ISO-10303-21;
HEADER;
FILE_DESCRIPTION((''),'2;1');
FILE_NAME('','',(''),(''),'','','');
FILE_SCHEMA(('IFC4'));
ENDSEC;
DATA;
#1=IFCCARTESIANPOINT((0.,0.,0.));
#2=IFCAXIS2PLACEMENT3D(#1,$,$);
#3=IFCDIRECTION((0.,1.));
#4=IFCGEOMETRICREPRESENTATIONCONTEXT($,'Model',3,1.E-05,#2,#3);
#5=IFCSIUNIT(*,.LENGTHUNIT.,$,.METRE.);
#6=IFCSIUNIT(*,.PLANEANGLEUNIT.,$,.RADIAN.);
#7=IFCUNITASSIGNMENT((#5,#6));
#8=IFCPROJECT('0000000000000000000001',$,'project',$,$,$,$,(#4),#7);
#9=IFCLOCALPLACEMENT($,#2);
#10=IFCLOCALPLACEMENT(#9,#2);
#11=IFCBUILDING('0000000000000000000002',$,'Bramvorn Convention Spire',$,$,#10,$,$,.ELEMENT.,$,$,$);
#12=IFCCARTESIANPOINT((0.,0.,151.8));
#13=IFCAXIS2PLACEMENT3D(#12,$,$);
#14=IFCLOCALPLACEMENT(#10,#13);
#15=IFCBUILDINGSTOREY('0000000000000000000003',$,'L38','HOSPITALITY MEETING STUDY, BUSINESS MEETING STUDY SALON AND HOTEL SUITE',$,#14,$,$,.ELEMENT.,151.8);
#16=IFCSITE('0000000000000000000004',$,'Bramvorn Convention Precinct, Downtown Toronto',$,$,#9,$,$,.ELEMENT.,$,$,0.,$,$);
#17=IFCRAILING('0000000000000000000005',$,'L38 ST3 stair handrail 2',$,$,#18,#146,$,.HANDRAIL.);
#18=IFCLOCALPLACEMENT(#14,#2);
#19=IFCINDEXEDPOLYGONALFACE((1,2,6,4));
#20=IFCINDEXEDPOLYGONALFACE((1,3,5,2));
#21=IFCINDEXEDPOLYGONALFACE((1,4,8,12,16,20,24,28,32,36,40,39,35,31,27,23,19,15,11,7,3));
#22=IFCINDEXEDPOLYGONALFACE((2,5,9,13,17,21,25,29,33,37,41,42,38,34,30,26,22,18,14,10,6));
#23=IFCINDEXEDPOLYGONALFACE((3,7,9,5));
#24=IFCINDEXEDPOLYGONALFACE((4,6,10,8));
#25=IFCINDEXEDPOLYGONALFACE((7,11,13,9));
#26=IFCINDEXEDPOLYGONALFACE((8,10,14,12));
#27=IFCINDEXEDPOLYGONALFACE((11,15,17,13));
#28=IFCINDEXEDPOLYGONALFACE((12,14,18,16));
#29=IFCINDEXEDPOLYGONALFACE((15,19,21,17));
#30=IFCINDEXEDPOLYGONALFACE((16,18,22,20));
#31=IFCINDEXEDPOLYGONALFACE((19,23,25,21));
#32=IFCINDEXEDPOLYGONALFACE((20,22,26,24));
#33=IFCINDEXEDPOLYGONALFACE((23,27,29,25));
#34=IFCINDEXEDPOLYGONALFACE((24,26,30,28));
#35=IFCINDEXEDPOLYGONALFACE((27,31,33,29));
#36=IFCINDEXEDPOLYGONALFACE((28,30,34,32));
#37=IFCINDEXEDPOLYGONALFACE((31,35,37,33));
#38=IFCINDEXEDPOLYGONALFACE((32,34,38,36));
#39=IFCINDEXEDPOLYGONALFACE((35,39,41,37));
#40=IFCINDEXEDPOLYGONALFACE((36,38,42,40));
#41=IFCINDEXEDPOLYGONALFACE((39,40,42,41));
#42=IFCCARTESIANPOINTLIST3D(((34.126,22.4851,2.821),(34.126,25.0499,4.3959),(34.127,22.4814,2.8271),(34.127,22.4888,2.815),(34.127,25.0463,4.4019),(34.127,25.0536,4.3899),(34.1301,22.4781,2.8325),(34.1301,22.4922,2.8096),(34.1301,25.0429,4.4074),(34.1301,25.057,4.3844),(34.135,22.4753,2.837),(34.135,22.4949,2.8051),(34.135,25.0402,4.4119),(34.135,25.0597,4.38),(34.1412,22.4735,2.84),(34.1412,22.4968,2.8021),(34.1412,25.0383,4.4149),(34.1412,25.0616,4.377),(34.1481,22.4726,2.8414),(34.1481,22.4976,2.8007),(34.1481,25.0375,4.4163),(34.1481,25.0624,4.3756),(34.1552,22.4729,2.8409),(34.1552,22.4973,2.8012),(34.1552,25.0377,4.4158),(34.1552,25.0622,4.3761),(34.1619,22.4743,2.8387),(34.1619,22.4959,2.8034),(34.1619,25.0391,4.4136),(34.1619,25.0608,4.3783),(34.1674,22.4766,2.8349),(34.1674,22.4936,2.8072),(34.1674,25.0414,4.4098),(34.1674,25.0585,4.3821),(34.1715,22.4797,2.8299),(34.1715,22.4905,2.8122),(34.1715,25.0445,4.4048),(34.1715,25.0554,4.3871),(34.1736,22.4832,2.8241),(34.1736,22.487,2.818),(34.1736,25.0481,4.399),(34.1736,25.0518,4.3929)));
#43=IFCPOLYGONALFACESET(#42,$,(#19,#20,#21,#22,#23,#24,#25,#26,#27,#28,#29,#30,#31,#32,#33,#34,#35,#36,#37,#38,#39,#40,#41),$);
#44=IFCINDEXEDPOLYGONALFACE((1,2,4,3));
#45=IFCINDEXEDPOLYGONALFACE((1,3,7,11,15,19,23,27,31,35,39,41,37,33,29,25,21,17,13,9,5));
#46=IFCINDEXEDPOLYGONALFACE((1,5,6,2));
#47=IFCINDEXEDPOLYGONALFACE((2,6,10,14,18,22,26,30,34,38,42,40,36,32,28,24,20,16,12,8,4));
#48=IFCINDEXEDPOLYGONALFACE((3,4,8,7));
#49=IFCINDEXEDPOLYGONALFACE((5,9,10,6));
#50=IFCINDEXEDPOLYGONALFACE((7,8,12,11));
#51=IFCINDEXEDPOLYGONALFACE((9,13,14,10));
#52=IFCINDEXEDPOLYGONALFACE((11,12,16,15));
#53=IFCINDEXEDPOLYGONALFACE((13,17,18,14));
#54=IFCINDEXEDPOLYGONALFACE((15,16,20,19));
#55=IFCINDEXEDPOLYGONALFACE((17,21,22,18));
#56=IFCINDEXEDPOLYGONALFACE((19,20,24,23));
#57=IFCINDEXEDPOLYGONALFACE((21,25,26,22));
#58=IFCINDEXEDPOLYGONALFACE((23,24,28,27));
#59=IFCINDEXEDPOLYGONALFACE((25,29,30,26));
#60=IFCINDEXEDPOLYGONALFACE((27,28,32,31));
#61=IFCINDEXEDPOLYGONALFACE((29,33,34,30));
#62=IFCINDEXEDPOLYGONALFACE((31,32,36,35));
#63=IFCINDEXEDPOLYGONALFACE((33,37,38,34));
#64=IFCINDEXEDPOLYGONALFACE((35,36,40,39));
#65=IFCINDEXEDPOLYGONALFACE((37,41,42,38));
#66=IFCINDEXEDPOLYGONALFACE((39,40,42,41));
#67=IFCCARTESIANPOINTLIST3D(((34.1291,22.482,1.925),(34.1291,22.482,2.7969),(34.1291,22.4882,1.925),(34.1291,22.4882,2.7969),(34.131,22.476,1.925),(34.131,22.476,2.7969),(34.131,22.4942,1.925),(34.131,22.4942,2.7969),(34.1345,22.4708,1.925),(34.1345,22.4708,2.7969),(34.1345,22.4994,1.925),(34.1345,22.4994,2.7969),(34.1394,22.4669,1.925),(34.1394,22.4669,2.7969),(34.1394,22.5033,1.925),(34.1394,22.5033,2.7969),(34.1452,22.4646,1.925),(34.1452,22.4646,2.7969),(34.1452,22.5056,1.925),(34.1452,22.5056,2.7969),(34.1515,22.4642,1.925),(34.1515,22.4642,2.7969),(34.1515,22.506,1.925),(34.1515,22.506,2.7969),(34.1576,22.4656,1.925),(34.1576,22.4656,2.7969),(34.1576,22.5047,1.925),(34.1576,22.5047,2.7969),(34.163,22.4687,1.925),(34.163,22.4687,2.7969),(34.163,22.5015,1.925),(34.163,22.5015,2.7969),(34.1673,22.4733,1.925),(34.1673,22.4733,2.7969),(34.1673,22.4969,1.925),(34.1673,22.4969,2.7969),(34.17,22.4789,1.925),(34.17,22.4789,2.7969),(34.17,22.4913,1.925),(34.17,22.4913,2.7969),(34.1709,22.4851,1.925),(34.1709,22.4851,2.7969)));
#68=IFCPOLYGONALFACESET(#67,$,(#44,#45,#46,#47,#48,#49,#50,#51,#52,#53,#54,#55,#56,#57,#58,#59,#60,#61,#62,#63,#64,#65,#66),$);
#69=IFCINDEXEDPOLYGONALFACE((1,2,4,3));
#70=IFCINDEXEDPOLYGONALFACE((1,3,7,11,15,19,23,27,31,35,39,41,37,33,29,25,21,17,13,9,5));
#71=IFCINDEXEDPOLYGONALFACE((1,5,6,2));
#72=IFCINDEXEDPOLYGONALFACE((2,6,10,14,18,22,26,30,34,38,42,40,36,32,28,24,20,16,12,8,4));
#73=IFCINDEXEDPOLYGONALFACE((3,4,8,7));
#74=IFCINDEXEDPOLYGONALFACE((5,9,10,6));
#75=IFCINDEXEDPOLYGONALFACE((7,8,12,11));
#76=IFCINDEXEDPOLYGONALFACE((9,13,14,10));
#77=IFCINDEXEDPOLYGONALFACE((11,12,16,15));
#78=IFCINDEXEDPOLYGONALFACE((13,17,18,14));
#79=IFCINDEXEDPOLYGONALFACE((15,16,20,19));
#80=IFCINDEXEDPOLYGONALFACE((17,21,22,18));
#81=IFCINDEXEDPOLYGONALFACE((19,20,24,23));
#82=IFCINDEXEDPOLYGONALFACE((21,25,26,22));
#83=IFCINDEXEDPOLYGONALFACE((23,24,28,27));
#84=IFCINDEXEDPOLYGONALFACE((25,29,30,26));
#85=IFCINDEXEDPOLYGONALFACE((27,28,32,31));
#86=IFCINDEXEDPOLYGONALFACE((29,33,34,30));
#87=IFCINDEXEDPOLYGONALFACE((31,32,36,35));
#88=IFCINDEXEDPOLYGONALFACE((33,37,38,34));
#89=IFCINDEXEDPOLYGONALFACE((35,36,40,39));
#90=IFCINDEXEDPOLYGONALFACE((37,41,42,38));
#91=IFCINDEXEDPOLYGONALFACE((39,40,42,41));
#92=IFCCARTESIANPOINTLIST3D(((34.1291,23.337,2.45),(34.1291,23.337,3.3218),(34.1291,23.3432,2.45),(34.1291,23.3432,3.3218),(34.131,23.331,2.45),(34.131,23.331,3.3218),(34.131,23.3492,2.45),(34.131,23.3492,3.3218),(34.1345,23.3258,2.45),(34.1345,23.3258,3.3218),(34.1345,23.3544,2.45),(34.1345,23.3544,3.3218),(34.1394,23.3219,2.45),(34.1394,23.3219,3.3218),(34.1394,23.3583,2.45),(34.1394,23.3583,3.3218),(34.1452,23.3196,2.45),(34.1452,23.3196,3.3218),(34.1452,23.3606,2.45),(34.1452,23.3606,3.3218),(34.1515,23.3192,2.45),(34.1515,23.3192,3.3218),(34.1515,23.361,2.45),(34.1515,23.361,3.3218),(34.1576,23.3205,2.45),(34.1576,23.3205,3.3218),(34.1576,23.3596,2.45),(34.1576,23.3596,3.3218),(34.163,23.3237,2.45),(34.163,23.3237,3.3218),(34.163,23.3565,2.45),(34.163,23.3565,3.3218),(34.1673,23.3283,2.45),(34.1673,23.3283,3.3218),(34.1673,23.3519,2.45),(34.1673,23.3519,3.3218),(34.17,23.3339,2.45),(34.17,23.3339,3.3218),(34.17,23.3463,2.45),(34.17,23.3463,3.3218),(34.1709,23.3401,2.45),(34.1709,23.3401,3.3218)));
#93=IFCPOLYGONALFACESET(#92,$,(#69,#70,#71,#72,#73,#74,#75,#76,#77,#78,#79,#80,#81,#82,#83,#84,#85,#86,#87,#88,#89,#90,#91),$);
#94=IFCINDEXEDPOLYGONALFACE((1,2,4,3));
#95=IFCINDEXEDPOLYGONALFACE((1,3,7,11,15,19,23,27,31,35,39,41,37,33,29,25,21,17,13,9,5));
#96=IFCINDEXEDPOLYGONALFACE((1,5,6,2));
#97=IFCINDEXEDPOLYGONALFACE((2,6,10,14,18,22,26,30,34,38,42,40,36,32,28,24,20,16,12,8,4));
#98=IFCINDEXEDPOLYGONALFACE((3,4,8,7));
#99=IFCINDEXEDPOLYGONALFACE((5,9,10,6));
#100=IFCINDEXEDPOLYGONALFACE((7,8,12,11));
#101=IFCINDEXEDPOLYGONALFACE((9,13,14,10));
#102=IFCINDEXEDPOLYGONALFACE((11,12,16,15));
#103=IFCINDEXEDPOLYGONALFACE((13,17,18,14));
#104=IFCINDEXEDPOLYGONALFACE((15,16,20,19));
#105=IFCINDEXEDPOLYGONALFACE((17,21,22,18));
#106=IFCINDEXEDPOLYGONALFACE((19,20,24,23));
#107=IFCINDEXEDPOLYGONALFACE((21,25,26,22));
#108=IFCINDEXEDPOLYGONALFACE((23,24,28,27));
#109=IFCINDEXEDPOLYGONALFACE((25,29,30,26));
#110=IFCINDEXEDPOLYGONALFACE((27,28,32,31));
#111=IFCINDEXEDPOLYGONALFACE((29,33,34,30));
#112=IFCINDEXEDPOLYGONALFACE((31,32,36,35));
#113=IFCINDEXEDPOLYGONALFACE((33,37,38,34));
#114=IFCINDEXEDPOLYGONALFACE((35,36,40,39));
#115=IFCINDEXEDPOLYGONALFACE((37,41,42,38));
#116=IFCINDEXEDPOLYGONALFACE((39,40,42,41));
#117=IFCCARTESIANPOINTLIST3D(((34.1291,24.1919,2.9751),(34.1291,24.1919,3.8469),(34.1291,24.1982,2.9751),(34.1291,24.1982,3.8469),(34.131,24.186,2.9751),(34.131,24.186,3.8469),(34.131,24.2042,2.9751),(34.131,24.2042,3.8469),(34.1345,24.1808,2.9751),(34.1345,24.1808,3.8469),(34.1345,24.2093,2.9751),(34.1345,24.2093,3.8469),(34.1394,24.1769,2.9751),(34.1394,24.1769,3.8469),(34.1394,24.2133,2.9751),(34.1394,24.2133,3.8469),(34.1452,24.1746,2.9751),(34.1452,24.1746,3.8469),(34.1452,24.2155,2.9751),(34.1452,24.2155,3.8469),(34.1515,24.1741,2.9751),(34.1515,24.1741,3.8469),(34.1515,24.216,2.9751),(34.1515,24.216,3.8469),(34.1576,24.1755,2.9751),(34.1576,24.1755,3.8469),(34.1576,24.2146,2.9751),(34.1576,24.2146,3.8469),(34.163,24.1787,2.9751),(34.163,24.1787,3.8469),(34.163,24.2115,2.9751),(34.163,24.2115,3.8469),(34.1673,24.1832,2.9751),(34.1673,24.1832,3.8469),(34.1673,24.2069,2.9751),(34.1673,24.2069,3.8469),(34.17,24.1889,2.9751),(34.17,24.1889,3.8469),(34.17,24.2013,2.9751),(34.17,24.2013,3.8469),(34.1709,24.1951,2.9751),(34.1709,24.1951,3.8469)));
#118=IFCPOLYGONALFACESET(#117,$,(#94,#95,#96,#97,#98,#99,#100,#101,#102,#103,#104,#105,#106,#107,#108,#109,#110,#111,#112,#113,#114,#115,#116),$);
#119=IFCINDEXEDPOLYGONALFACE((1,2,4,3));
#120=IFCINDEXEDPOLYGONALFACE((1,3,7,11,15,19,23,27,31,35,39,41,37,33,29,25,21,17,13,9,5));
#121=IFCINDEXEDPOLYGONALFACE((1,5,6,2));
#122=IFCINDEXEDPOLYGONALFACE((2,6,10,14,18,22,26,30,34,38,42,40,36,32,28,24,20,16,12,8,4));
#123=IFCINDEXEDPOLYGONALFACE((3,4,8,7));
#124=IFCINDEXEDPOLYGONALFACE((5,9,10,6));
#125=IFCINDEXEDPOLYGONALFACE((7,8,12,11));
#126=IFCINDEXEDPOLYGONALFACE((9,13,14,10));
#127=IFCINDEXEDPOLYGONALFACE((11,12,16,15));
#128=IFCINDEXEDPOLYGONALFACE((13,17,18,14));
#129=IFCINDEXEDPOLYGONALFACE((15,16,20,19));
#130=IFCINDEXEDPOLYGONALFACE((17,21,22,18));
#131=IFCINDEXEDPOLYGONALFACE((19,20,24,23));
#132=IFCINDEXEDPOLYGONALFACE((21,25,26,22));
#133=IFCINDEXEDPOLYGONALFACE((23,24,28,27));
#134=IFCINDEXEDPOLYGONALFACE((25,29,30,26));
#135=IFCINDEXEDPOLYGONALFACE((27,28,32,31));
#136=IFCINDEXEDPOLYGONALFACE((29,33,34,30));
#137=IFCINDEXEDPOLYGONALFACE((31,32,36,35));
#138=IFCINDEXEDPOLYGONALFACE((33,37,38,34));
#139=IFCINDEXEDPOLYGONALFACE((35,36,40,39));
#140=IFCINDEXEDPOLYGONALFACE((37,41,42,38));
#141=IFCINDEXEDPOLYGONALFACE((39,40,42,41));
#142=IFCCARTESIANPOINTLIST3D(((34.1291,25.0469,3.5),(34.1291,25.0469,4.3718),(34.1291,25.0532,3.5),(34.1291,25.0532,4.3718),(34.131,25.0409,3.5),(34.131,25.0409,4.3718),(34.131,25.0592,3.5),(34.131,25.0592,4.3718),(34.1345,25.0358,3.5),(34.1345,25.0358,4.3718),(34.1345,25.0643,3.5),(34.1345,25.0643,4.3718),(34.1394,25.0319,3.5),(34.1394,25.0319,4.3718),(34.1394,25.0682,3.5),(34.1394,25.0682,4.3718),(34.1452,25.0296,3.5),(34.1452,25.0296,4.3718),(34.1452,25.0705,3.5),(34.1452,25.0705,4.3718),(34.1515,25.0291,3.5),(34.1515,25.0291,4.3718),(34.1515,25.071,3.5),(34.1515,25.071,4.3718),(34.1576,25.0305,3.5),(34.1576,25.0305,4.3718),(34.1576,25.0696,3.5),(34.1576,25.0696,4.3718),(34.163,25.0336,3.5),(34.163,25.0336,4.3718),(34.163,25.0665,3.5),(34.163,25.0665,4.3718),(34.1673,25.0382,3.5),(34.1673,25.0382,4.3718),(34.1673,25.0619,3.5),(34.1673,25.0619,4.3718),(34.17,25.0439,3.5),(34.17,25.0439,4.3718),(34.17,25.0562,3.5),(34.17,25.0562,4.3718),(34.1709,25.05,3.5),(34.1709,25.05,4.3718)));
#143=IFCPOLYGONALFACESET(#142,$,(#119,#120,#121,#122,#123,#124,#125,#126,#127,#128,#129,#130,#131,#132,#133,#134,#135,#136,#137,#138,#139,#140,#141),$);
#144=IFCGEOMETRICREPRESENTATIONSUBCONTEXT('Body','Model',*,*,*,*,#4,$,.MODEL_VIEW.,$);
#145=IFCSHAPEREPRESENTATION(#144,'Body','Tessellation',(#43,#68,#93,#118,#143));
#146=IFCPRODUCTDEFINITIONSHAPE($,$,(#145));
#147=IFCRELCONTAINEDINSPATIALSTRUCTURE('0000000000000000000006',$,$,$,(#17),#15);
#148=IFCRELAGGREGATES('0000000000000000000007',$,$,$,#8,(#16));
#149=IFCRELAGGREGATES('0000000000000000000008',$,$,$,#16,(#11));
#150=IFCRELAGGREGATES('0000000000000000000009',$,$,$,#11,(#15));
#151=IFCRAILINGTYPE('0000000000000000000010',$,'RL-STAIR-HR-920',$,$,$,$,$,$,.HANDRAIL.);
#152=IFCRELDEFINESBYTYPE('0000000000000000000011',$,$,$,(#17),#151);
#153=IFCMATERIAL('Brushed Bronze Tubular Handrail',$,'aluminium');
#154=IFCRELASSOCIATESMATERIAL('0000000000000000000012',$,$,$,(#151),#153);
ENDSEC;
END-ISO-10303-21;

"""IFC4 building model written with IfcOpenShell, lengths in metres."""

from ifc_helpers import new_model, si_unit, direction, frame, origin, origin_2d, place, context, subcontext, project, spatial, circle, extrude, material, type_object, element, save


model = new_model("IFC4")

# Units and contexts
model_context = context("Model", 3, precision=1e-05, world=origin(), true_north=direction((0.0, 1.0)))
body_context = subcontext(model_context, "Body", "Model", "MODEL_VIEW")
ifc_project = project(units=[si_unit("LENGTHUNIT", "METRE"), si_unit("PLANEANGLEUNIT", "RADIAN")], contexts=[model_context])

# Site, building, storey
site_placement = place(None, origin())
site = spatial("IfcSite", under=ifc_project, at=site_placement, Name="Bramvorn Convention Precinct, Downtown Toronto", CompositionType="ELEMENT", RefElevation=0.0)
building_placement = place(site_placement, origin())
building = spatial("IfcBuilding", under=site, at=building_placement, Name="Bramvorn Convention Spire", CompositionType="ELEMENT")
storey_placement = place(building_placement, frame((0.0, 0.0, 151.8)))
storey = spatial("IfcBuildingStorey", under=building, at=storey_placement, Name="L38", Description="HOSPITALITY MEETING STUDY, BUSINESS MEETING STUDY SALON AND HOTEL SUITE", CompositionType="ELEMENT", Elevation=151.8)

# Railing
ifc_material_1 = material(Name="Brushed Bronze Tubular Handrail", Category="aluminium")
railing_type_1 = type_object("IfcRailingType", Name="RL-STAIR-HR-920", PredefinedType="HANDRAIL", material=ifc_material_1)
railing_1_placement = place(storey_placement, frame((34.1499, 22.4851, 1.925)))
element("IfcRailing", 1, at=railing_1_placement, inside=storey, type_object=railing_type_1, Name="L38 ST3 stair handrail 2", PredefinedType="HANDRAIL", context=body_context, shape_type="SweptSolid", body=[
    extrude(circle(Radius=0.0239, at=origin_2d()), frame((0.0, 0.0, 0.896), z_axis=(0.0, 0.852173, 0.52326), x_axis=(-1.0, 0.0, 0.0)), (0.0, 0.0, 1.0), 3.0098),
    extrude(circle(Radius=0.021, at=origin_2d()), origin(), (0.0, 0.0, 1.0), 0.8718),
    extrude(circle(Radius=0.021, at=origin_2d()), frame((0.0, 0.855, 0.5249)), (0.0, 0.0, 1.0), 0.8718),
    extrude(circle(Radius=0.021, at=origin_2d()), frame((0.0, 1.71, 1.05)), (0.0, 0.0, 1.0), 0.8718),
    extrude(circle(Radius=0.021, at=origin_2d()), frame((0.0, 2.5649, 1.575)), (0.0, 0.0, 1.0), 0.8718),
])

save(model, "model.ifc")
